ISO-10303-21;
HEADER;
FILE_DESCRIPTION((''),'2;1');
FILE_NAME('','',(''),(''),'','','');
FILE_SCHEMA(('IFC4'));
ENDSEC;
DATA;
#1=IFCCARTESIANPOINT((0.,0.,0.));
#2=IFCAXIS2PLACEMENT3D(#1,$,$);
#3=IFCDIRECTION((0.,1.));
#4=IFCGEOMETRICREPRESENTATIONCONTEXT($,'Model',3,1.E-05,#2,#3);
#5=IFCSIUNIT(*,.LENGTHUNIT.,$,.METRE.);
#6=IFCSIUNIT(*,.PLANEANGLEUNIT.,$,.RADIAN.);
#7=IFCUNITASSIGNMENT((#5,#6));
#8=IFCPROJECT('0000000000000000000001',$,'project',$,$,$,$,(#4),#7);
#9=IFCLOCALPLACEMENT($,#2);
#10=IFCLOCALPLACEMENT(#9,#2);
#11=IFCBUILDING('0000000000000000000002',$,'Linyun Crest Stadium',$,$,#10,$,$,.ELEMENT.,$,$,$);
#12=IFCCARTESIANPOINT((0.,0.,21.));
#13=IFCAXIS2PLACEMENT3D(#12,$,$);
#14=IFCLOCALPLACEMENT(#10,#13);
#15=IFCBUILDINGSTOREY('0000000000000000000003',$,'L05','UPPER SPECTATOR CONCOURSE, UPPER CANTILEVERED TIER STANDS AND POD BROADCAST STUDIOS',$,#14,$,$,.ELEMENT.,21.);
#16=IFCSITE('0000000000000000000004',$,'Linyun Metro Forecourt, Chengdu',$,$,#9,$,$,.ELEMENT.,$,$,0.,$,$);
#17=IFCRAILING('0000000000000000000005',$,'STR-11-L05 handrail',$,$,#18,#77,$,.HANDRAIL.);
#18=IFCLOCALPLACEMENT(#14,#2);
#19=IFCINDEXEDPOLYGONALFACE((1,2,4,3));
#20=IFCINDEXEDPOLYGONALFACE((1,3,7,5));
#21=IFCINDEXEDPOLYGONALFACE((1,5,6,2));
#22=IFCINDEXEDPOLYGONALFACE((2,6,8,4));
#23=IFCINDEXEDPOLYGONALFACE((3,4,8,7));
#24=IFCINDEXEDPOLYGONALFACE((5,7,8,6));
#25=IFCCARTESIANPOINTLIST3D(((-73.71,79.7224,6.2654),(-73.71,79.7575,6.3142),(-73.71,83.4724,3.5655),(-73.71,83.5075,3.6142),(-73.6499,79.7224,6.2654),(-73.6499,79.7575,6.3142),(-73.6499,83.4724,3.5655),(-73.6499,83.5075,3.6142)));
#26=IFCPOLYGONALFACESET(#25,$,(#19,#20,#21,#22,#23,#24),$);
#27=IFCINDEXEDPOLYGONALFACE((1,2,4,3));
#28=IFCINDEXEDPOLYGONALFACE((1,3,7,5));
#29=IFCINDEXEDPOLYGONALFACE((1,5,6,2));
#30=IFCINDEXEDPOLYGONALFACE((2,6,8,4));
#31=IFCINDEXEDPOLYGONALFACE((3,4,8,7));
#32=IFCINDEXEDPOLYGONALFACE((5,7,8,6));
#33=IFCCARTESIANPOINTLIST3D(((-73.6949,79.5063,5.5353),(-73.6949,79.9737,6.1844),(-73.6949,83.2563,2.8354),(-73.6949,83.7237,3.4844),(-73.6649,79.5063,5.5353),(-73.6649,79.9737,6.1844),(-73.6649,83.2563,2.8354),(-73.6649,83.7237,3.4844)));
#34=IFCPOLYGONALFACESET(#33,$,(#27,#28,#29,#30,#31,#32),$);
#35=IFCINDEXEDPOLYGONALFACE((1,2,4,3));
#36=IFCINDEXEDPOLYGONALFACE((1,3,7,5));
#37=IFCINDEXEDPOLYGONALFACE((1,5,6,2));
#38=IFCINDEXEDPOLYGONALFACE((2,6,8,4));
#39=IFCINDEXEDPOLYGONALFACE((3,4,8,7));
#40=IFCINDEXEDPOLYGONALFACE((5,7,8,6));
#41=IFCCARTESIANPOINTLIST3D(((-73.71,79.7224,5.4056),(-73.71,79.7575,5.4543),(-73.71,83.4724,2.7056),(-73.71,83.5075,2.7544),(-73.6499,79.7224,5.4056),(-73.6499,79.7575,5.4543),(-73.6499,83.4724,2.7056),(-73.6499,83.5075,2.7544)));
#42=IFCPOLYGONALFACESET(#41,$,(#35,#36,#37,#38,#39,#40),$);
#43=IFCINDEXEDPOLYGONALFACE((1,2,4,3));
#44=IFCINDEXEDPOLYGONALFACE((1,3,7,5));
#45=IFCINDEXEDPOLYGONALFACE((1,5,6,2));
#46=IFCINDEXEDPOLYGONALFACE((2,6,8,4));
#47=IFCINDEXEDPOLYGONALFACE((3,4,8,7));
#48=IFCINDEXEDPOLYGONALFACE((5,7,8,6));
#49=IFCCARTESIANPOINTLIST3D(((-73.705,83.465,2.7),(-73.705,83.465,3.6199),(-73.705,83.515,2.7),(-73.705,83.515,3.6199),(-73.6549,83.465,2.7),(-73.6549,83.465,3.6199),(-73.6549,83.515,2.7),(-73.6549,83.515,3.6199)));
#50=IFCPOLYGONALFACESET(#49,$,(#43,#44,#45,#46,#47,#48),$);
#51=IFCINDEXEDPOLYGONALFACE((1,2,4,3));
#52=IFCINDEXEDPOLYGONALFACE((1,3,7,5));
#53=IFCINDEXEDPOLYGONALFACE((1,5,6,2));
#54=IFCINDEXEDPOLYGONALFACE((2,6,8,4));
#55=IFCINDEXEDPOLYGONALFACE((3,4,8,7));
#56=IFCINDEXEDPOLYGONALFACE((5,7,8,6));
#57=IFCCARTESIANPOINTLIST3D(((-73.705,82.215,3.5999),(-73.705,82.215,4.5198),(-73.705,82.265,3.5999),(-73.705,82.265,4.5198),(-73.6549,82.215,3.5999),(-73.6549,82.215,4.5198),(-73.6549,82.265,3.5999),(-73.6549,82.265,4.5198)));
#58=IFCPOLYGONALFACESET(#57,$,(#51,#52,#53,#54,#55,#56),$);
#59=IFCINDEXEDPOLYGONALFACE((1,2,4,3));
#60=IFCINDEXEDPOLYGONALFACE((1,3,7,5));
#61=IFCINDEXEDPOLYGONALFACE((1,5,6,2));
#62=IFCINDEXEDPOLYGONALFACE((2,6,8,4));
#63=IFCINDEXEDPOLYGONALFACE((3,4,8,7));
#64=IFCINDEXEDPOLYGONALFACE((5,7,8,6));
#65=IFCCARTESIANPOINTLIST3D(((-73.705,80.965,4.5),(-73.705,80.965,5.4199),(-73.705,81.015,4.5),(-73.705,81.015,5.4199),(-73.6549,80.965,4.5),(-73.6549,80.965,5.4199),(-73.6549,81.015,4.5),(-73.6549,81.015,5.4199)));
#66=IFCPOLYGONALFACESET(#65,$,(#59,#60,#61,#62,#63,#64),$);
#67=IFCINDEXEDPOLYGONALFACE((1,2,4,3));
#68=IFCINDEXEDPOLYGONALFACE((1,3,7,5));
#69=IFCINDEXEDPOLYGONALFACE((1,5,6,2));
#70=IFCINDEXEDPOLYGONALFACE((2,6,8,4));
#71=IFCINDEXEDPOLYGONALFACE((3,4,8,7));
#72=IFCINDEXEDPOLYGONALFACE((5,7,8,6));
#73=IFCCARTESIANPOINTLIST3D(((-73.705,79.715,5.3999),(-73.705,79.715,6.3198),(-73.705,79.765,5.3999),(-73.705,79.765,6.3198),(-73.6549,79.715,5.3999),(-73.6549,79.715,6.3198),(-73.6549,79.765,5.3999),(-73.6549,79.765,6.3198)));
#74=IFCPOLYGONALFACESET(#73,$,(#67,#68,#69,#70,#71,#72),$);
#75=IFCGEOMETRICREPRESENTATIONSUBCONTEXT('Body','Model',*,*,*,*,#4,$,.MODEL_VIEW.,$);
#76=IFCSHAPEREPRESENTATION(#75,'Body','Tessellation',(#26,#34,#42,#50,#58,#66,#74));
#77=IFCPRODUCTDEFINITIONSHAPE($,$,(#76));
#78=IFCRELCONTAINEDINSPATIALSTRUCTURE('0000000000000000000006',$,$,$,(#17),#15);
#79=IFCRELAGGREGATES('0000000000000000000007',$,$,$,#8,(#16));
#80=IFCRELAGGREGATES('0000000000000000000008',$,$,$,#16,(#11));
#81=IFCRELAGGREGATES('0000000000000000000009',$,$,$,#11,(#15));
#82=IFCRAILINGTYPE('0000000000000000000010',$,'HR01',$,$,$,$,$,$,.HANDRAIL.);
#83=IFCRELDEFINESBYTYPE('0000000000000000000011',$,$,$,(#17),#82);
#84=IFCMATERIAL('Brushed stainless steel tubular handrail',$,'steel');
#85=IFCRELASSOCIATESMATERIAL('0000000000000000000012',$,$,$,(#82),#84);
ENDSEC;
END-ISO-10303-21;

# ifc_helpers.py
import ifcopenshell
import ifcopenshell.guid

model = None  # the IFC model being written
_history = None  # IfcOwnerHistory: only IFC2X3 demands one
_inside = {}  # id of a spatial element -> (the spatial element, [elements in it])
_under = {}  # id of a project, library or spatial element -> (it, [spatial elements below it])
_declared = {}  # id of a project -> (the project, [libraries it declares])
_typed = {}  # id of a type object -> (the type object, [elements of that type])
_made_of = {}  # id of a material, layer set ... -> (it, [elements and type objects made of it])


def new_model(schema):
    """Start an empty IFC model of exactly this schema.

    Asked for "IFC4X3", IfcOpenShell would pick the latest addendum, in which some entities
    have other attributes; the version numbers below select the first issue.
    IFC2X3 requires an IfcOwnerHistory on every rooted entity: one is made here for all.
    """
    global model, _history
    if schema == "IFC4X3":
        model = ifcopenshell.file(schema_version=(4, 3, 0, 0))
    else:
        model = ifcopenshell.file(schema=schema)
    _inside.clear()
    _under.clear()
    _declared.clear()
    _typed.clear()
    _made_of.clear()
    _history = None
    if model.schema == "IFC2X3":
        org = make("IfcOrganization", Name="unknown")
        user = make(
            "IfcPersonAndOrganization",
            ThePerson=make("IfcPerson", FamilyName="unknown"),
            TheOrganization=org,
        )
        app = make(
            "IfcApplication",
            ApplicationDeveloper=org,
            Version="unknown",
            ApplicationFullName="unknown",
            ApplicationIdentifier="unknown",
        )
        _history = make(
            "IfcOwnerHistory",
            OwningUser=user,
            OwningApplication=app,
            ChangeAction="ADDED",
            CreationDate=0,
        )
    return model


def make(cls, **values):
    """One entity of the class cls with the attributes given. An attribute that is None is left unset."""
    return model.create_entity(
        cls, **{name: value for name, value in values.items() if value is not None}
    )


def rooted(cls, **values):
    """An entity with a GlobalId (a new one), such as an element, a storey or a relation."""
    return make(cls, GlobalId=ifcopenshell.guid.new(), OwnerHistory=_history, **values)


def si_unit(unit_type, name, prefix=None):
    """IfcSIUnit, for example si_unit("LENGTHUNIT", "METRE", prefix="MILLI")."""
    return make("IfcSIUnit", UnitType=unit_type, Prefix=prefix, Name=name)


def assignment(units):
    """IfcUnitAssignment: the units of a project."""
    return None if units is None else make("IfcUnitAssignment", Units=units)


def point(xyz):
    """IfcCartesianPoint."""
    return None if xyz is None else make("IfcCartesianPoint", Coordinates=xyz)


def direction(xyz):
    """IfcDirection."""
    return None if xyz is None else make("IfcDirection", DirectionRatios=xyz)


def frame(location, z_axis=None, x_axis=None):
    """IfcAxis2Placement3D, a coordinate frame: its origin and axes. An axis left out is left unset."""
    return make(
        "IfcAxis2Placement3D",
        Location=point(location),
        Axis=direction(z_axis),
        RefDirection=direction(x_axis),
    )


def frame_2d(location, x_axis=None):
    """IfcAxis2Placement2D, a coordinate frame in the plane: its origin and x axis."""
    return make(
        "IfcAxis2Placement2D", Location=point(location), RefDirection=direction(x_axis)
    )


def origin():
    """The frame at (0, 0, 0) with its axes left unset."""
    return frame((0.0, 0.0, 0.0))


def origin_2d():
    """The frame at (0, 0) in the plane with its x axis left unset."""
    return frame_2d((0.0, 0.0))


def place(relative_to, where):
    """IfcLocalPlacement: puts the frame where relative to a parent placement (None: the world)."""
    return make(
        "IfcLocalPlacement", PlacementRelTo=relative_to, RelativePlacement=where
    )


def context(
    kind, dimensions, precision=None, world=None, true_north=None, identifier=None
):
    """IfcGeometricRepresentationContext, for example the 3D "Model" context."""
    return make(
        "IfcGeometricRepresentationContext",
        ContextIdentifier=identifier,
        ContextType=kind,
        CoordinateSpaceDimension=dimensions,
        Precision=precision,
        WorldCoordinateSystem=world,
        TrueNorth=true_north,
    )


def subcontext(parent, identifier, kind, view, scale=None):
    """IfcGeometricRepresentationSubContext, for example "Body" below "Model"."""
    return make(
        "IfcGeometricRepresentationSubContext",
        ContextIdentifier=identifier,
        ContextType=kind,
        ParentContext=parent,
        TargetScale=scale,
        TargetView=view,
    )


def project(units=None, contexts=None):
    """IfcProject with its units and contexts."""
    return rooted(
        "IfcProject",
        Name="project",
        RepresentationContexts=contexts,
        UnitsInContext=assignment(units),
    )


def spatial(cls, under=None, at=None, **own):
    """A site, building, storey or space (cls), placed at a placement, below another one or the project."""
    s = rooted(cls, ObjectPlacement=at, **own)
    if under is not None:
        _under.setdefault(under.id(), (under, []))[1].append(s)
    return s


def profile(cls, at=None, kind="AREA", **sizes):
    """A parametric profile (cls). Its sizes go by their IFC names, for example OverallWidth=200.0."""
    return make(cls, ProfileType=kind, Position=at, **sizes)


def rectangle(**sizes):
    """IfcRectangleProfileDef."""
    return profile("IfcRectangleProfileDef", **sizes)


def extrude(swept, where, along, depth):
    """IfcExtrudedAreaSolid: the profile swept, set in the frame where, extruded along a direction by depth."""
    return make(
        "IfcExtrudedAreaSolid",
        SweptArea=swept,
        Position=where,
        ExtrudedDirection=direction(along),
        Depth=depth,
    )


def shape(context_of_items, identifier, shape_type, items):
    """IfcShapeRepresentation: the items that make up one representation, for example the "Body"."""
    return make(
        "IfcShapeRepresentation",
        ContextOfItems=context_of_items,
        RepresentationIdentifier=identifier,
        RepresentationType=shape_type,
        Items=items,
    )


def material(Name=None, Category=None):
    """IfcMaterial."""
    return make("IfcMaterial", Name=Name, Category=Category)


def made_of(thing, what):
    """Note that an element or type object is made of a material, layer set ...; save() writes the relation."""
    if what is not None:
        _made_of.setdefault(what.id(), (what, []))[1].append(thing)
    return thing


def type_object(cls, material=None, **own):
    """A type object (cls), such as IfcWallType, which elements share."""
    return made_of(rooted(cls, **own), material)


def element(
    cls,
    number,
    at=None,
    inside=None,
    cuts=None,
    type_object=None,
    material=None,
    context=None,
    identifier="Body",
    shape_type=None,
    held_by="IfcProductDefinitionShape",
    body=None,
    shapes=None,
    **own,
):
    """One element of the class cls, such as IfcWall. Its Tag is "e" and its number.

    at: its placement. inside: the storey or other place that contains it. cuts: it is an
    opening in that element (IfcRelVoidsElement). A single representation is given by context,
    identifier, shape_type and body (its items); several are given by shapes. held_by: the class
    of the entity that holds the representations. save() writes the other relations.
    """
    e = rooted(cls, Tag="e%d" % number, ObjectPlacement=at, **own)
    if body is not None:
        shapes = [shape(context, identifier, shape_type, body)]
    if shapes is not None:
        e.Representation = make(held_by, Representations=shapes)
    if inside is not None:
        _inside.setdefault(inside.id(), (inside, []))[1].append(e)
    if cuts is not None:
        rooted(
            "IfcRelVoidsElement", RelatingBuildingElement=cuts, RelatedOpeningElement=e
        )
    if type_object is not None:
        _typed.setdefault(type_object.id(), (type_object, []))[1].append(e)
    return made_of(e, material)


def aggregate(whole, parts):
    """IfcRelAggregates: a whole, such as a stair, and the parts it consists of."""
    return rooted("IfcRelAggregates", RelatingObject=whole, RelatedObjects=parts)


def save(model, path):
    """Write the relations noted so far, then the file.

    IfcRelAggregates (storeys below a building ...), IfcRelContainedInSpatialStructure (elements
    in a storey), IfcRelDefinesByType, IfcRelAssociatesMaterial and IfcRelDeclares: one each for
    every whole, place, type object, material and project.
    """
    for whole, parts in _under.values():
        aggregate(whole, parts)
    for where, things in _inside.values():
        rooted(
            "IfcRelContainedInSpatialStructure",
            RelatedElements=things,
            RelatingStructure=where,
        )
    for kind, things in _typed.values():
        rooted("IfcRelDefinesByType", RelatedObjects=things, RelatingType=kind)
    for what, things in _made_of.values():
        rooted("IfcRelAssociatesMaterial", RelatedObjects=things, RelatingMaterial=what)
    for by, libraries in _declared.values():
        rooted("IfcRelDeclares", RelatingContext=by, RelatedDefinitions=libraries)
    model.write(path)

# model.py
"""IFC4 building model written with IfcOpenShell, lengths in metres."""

from ifc_helpers import new_model, si_unit, direction, frame, origin, origin_2d, place, context, subcontext, project, spatial, rectangle, extrude, material, type_object, element, save


model = new_model("IFC4")

# Units and contexts
model_context = context("Model", 3, precision=1e-05, world=origin(), true_north=direction((0.0, 1.0)))
body_context = subcontext(model_context, "Body", "Model", "MODEL_VIEW")
ifc_project = project(units=[si_unit("LENGTHUNIT", "METRE"), si_unit("PLANEANGLEUNIT", "RADIAN")], contexts=[model_context])

# Site, building, storey
site_placement = place(None, origin())
site = spatial("IfcSite", under=ifc_project, at=site_placement, Name="Linyun Metro Forecourt, Chengdu", CompositionType="ELEMENT", RefElevation=0.0)
building_placement = place(site_placement, origin())
building = spatial("IfcBuilding", under=site, at=building_placement, Name="Linyun Crest Stadium", CompositionType="ELEMENT")
storey_placement = place(building_placement, frame((0.0, 0.0, 21.0)))
storey = spatial("IfcBuildingStorey", under=building, at=storey_placement, Name="L05", Description="UPPER SPECTATOR CONCOURSE, UPPER CANTILEVERED TIER STANDS AND POD BROADCAST STUDIOS", CompositionType="ELEMENT", Elevation=21.0)

# Railing
ifc_material_1 = material(Name="Brushed stainless steel tubular handrail", Category="steel")
railing_type_1 = type_object("IfcRailingType", Name="HR01", PredefinedType="HANDRAIL", material=ifc_material_1)
railing_1_placement = place(storey_placement, frame((-73.6799, 83.49, 2.7)))
element("IfcRailing", 1, at=railing_1_placement, inside=storey, type_object=railing_type_1, Name="STR-11-L05 handrail", PredefinedType="HANDRAIL", context=body_context, shape_type="SweptSolid", body=[
    extrude(rectangle(XDim=0.0601, YDim=0.0601, at=origin_2d()), frame((0.0, 0.0, 0.8899), z_axis=(0.0, -0.811539, 0.584298), x_axis=(1.0, 0.0, 0.0)), (0.0, 0.0, 1.0), 4.6208),
    extrude(rectangle(XDim=0.03, YDim=0.7998, at=origin_2d()), frame((0.0, 0.0, 0.46), z_axis=(0.0, -0.811539, 0.584298), x_axis=(1.0, 0.0, 0.0)), (0.0, 0.0, 1.0), 4.6208),
    extrude(rectangle(XDim=0.0601, YDim=0.0601, at=origin_2d()), frame((0.0, 0.0, 0.03), z_axis=(0.0, -0.811539, 0.584298), x_axis=(1.0, 0.0, 0.0)), (0.0, 0.0, 1.0), 4.6208),
    extrude(rectangle(XDim=0.05, YDim=0.05, at=origin_2d()), origin(), (0.0, 0.0, 1.0), 0.9199),
    extrude(rectangle(XDim=0.05, YDim=0.05, at=origin_2d()), frame((0.0, -1.25, 0.8999)), (0.0, 0.0, 1.0), 0.9199),
    extrude(rectangle(XDim=0.05, YDim=0.05, at=origin_2d()), frame((0.0, -2.5, 1.8)), (0.0, 0.0, 1.0), 0.9199),
    extrude(rectangle(XDim=0.05, YDim=0.05, at=origin_2d()), frame((0.0, -3.75, 2.7)), (0.0, 0.0, 1.0), 0.9199),
])

save(model, "model.ifc")
